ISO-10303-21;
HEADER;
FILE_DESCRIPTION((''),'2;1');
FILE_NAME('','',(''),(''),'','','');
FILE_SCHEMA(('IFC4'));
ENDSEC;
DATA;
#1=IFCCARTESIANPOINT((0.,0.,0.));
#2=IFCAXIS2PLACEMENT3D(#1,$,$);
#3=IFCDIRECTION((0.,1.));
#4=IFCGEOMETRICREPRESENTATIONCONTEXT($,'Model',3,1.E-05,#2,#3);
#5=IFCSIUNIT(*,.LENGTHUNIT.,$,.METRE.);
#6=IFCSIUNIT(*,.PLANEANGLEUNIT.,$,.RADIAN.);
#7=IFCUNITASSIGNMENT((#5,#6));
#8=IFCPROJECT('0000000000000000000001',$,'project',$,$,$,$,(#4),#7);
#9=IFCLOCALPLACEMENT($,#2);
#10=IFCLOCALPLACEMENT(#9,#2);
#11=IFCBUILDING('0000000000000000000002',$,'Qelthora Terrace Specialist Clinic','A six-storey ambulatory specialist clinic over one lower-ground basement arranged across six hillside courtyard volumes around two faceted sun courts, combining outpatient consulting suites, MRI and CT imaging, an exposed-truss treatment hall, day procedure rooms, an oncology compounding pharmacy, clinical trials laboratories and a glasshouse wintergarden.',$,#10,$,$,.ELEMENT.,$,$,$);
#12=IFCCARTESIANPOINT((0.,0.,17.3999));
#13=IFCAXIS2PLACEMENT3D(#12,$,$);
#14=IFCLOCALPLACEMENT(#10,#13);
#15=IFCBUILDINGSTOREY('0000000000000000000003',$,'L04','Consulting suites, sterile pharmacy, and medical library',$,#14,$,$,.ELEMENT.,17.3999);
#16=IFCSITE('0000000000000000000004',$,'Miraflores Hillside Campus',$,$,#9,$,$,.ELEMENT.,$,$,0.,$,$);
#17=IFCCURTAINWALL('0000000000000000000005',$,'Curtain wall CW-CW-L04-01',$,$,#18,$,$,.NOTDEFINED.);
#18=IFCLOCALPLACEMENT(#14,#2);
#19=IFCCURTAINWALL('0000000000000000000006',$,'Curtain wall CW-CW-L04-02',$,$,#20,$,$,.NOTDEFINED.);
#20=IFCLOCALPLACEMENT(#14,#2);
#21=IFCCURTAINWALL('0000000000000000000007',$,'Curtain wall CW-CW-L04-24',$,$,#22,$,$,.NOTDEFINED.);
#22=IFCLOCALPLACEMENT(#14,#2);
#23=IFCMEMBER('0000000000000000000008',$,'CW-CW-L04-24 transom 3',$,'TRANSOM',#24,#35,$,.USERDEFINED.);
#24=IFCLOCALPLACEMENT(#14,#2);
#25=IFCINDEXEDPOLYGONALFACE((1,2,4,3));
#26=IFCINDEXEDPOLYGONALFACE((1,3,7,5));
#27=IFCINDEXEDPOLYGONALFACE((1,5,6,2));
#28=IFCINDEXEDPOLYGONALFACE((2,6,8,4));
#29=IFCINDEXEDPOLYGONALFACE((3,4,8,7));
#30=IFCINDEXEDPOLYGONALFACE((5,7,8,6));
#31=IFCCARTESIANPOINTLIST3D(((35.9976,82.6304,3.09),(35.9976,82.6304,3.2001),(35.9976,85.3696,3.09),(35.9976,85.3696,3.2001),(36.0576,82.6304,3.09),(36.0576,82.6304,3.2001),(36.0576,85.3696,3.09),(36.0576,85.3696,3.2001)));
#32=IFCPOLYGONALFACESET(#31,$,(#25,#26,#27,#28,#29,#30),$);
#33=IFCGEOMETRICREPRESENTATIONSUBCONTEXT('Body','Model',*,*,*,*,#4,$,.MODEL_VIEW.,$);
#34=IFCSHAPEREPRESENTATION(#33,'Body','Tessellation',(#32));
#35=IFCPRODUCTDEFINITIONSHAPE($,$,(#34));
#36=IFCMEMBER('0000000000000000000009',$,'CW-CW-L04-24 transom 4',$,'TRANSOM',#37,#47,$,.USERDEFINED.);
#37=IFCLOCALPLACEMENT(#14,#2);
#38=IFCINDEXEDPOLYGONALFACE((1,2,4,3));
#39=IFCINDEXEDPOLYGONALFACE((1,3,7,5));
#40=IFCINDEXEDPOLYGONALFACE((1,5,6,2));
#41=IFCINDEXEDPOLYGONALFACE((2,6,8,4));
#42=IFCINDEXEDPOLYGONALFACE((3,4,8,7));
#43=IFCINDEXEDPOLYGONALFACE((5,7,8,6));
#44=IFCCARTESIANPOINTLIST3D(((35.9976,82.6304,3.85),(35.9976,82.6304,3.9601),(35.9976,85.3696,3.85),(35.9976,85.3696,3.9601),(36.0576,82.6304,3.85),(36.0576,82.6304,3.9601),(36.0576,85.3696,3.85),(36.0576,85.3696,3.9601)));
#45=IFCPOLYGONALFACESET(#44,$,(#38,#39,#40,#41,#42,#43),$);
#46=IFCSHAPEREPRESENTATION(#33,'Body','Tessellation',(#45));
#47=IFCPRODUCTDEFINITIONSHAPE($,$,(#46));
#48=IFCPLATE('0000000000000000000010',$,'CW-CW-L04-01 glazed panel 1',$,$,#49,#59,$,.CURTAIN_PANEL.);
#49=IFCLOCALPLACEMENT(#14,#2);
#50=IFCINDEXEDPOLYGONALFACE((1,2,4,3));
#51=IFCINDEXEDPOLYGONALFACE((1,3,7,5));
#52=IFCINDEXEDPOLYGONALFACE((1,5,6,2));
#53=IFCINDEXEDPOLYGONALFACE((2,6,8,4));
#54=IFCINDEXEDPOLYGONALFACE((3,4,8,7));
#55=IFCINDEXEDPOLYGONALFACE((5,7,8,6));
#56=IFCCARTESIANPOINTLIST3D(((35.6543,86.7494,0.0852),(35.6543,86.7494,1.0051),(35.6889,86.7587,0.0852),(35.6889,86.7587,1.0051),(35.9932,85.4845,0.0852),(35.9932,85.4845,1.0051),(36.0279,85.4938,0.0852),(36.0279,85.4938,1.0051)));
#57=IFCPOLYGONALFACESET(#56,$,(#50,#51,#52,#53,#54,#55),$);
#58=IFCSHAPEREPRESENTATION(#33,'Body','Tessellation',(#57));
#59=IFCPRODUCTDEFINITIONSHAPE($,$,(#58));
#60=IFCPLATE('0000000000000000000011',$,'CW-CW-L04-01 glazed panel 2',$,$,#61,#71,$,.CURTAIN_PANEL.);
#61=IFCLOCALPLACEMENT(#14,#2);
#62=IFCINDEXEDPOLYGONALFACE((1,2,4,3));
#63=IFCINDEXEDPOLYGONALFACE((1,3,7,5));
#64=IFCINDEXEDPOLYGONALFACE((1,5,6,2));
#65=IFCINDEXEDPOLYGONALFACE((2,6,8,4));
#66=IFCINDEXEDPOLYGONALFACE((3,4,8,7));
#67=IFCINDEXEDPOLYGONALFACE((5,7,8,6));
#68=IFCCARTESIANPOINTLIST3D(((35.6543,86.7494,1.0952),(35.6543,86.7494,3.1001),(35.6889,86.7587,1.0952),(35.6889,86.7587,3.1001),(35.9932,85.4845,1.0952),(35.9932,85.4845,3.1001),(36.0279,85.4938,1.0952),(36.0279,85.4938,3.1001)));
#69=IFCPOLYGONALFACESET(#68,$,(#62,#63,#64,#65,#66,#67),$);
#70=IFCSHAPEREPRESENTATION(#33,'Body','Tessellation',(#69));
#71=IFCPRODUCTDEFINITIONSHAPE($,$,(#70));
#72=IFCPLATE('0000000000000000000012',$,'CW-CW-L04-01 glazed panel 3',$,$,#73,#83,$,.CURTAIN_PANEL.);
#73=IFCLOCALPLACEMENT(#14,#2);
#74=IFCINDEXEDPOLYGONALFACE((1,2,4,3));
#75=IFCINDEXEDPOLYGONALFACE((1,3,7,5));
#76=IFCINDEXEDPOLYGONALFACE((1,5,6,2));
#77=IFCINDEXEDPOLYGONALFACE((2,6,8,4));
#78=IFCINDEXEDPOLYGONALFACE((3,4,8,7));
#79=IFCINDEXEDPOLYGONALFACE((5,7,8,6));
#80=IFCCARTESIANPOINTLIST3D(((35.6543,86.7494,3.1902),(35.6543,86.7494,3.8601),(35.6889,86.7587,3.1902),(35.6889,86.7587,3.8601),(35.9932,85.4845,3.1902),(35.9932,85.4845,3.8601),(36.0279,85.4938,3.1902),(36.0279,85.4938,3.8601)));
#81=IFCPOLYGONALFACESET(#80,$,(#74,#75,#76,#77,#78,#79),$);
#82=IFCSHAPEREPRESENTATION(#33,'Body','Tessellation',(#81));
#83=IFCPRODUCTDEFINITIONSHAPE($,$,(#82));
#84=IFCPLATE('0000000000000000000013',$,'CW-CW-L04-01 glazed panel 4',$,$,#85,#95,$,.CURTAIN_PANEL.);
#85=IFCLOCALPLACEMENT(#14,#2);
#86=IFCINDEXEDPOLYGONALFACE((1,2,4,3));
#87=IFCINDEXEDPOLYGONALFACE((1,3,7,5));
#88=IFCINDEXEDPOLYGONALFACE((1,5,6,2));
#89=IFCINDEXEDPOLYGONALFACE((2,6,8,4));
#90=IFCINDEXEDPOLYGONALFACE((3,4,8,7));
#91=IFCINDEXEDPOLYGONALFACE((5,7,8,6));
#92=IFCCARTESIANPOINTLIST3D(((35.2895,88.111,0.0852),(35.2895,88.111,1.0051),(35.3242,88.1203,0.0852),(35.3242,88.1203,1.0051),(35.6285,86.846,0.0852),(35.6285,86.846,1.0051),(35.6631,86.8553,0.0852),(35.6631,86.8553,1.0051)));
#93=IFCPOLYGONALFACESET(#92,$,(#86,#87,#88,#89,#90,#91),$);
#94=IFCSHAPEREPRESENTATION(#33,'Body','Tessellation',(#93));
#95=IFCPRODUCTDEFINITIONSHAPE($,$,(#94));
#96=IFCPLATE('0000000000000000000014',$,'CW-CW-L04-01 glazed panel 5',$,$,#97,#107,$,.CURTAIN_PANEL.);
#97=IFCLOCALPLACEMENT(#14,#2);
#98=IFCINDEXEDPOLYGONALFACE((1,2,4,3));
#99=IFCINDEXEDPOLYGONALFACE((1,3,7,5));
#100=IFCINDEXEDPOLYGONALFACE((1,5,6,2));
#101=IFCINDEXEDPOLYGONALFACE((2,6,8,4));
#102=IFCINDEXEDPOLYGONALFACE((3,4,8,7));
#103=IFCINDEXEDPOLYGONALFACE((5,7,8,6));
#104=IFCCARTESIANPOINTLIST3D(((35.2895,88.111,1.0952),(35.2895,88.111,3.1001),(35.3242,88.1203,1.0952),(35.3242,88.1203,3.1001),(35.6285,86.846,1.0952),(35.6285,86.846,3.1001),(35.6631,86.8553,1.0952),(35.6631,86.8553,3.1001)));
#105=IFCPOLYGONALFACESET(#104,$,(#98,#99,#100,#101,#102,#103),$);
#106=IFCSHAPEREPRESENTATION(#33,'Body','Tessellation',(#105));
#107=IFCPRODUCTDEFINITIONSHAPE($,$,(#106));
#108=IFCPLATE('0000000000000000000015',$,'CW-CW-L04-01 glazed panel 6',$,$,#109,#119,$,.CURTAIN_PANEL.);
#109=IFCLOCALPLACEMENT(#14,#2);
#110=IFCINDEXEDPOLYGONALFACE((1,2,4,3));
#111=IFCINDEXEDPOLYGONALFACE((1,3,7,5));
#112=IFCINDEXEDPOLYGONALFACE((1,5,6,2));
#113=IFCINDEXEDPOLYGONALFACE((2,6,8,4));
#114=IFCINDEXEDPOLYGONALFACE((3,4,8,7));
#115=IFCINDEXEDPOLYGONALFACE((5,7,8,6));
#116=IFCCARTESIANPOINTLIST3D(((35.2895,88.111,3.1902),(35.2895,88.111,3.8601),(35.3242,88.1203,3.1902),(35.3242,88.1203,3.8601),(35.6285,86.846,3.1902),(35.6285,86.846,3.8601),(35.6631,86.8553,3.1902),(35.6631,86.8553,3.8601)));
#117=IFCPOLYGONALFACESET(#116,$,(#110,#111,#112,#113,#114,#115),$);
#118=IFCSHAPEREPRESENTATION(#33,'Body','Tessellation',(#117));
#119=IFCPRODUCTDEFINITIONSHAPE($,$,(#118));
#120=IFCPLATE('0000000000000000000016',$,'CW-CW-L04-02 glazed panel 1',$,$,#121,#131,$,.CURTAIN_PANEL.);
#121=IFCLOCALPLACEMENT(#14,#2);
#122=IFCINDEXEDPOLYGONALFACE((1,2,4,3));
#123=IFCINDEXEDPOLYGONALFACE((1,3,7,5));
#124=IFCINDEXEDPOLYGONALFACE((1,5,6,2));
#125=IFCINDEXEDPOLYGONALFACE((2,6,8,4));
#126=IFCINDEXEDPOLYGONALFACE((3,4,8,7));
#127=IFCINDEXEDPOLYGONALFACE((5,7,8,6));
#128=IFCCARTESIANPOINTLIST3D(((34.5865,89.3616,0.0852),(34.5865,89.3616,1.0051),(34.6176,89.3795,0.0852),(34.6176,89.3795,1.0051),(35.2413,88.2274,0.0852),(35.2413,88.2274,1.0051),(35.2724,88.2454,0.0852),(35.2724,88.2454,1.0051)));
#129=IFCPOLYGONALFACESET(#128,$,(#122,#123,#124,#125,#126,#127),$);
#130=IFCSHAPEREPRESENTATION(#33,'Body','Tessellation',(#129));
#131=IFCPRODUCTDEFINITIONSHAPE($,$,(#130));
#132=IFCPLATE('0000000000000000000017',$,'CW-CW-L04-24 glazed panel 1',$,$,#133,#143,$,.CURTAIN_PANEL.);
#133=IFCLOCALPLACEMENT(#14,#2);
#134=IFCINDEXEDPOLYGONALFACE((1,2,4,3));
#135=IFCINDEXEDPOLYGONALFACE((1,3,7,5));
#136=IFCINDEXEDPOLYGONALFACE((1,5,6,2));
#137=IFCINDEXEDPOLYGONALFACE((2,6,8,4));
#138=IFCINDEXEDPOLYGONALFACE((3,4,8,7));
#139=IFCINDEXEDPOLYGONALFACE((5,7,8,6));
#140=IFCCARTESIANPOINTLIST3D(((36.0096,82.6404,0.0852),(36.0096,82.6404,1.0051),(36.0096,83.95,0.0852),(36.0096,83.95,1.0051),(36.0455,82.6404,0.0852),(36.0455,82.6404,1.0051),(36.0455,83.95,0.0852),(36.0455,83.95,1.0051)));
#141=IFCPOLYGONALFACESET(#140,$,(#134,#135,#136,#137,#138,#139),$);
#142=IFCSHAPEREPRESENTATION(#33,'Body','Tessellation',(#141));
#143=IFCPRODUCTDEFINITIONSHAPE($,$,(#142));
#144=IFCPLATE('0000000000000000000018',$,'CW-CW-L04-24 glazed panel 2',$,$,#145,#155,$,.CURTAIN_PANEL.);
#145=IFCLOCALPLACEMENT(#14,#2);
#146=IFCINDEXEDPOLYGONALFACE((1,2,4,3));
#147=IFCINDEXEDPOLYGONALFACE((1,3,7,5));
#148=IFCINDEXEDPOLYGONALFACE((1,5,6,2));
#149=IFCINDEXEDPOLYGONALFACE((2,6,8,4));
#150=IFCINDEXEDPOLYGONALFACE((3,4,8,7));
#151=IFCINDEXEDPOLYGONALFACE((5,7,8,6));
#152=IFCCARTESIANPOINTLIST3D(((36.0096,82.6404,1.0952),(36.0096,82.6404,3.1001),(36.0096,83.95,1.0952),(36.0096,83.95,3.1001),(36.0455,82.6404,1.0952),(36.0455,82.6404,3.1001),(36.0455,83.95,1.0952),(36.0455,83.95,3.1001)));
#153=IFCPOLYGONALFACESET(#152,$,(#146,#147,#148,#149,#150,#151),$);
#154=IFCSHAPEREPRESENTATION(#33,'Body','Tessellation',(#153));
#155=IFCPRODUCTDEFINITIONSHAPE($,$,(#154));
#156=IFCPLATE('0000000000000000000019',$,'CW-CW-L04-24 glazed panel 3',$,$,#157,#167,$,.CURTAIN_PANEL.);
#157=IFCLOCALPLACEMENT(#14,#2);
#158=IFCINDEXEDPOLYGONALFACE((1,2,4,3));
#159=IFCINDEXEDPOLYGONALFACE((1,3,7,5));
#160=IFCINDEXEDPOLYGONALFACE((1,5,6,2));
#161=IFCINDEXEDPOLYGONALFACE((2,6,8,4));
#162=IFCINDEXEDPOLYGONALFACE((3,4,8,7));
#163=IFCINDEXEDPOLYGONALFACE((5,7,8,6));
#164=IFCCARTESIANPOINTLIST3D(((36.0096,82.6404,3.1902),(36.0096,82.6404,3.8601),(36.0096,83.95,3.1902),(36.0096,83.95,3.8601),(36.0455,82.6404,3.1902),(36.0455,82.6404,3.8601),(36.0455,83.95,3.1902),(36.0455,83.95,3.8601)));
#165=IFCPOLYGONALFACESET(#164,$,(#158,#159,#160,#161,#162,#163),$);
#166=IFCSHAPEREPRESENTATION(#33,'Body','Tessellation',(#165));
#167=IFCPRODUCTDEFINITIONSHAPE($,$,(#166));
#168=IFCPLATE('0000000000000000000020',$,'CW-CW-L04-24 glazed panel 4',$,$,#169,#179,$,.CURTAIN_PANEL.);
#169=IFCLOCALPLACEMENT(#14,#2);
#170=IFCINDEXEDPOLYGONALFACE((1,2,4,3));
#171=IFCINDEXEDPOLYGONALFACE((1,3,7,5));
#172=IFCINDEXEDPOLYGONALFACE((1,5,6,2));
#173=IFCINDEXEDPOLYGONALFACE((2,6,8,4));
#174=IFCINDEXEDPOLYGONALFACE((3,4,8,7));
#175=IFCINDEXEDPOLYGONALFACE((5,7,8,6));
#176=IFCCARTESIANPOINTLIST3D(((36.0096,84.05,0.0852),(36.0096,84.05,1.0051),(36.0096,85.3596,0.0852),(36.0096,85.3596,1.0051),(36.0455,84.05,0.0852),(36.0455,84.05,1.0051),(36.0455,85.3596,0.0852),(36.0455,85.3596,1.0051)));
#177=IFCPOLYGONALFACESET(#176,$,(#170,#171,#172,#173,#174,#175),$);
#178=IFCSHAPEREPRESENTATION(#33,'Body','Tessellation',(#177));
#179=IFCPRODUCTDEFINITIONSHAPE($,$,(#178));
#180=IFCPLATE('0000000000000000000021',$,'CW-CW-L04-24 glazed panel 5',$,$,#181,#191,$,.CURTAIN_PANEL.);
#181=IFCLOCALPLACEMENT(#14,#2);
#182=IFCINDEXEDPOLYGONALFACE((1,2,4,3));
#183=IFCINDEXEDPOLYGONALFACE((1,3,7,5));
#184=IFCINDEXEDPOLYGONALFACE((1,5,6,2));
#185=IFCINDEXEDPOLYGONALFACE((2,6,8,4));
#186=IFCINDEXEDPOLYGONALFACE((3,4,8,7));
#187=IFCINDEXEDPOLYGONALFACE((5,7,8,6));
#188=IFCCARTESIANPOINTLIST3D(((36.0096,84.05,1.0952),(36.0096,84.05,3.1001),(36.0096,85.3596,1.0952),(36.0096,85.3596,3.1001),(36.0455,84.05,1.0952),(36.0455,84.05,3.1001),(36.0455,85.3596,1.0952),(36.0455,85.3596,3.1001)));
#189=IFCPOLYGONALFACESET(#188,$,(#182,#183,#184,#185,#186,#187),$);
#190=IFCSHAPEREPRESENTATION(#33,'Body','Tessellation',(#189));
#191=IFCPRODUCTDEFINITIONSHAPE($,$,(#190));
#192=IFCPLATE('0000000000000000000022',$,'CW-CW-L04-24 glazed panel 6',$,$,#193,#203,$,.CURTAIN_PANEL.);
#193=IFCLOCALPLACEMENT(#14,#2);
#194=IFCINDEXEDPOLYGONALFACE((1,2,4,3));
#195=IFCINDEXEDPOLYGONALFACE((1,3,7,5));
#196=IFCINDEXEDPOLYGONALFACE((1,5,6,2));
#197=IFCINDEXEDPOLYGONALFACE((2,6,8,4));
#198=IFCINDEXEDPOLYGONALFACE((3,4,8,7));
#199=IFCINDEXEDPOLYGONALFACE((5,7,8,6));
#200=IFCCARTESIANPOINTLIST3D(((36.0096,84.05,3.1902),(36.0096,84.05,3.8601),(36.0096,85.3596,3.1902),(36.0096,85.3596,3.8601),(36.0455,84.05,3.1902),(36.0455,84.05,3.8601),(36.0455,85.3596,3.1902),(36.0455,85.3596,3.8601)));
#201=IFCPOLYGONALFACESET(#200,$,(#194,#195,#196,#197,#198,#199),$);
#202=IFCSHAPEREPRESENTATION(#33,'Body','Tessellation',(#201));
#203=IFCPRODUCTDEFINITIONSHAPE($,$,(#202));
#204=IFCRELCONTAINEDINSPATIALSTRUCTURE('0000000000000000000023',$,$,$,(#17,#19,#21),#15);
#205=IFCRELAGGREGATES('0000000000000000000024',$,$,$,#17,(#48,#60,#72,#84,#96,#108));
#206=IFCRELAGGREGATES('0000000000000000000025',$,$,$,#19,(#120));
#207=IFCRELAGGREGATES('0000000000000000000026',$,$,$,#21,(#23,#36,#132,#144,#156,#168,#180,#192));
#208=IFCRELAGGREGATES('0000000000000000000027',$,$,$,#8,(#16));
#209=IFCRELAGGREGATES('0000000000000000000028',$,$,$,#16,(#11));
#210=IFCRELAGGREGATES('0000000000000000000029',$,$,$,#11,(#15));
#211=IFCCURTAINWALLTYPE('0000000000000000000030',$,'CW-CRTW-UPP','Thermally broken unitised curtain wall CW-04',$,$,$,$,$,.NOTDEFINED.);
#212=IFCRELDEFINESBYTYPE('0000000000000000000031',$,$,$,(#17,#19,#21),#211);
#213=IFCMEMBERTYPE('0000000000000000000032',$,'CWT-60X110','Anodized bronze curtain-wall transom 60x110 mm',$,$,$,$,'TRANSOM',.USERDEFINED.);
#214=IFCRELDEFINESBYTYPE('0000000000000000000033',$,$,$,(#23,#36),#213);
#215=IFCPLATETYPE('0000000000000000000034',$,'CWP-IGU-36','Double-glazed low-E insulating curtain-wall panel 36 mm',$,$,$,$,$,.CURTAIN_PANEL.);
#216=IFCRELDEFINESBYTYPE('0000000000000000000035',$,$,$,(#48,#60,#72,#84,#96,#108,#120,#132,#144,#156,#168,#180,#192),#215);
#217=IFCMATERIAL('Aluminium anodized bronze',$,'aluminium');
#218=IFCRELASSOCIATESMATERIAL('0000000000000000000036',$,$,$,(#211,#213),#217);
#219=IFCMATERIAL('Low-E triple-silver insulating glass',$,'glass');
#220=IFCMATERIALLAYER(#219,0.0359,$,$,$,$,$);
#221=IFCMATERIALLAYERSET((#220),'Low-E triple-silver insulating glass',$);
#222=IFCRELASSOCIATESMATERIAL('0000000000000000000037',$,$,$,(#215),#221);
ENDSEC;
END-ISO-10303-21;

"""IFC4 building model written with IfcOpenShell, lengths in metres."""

from ifc_helpers import new_model, si_unit, direction, frame, origin, origin_2d, place, context, subcontext, project, spatial, rectangle, extrude, material, layer, layer_set, material_profile, profile_set, type_object, element, aggregate, save


model = new_model("IFC4")

# Units and contexts
model_context = context("Model", 3, precision=1e-05, world=origin(), true_north=direction((0.0, 1.0)))
body_context = subcontext(model_context, "Body", "Model", "MODEL_VIEW")
ifc_project = project(units=[si_unit("LENGTHUNIT", "METRE"), si_unit("PLANEANGLEUNIT", "RADIAN")], contexts=[model_context])

# Site, building, storey
site_placement = place(None, origin())
site = spatial("IfcSite", under=ifc_project, at=site_placement, Name="Miraflores Hillside Campus", CompositionType="ELEMENT", RefElevation=0.0)
building_placement = place(site_placement, origin())
building = spatial("IfcBuilding", under=site, at=building_placement, Name="Qelthora Terrace Specialist Clinic", Description="A six-storey ambulatory specialist clinic over one lower-ground basement arranged across six hillside courtyard volumes around two faceted sun courts, combining outpatient consulting suites, MRI and CT imaging, an exposed-truss treatment hall, day procedure rooms, an oncology compounding pharmacy, clinical trials laboratories and a glasshouse wintergarden.", CompositionType="ELEMENT")
storey_placement = place(building_placement, frame((0.0, 0.0, 17.3999)))
storey = spatial("IfcBuildingStorey", under=building, at=storey_placement, Name="L04", Description="Consulting suites, sterile pharmacy, and medical library", CompositionType="ELEMENT", Elevation=17.3999)

# Curtain wall
ifc_material_1 = material(Name="Aluminium anodized bronze", Category="aluminium")
curtain_wall_type = type_object("IfcCurtainWallType", Name="CW-CRTW-UPP", Description="Thermally broken unitised curtain wall CW-04", PredefinedType="NOTDEFINED", material=ifc_material_1)
curtain_wall_1_placement = place(storey_placement, origin())
curtain_wall_1 = element("IfcCurtainWall", 1, at=curtain_wall_1_placement, inside=storey, type_object=curtain_wall_type, Name="Curtain wall CW-CW-L04-01", PredefinedType="NOTDEFINED")

# Curtain wall
curtain_wall_2_placement = place(storey_placement, origin())
curtain_wall_2 = element("IfcCurtainWall", 2, at=curtain_wall_2_placement, inside=storey, type_object=curtain_wall_type, Name="Curtain wall CW-CW-L04-02", PredefinedType="NOTDEFINED")

# Curtain wall
curtain_wall_3_placement = place(storey_placement, origin())
curtain_wall_3 = element("IfcCurtainWall", 3, at=curtain_wall_3_placement, inside=storey, type_object=curtain_wall_type, Name="Curtain wall CW-CW-L04-24", PredefinedType="NOTDEFINED")

# Members
ifc_material_profile_1 = material_profile(ifc_material_1, rectangle(XDim=0.0601, YDim=0.1101, at=origin_2d()), Name="CWT60X110")
ifc_profile_set_1 = profile_set([ifc_material_profile_1], Name="Aluminium anodized bronze")
member_type_1 = type_object("IfcMemberType", Name="CWT-60X110", Description="Anodized bronze curtain-wall transom 60x110 mm", ElementType="TRANSOM", PredefinedType="USERDEFINED", material=ifc_profile_set_1)
member_1_placement = place(storey_placement, frame((36.0276, 82.6304, 3.145), z_axis=(0.0, 1.0, 0.0), x_axis=(-1.0, 0.0, 0.0)))
member_1 = element("IfcMember", 4, at=member_1_placement, type_object=member_type_1, Name="CW-CW-L04-24 transom 3", ObjectType="TRANSOM", PredefinedType="USERDEFINED", context=body_context, shape_type="SweptSolid", body=[
    extrude(rectangle(XDim=0.0601, YDim=0.1101, at=origin_2d()), origin(), (0.0, 0.0, 1.0), 2.7393),
])
member_2_placement = place(storey_placement, frame((36.0276, 82.6304, 3.905), z_axis=(0.0, 1.0, 0.0), x_axis=(-1.0, 0.0, 0.0)))
member_2 = element("IfcMember", 5, at=member_2_placement, type_object=member_type_1, Name="CW-CW-L04-24 transom 4", ObjectType="TRANSOM", PredefinedType="USERDEFINED", context=body_context, shape_type="SweptSolid", body=[
    extrude(rectangle(XDim=0.0601, YDim=0.1101, at=origin_2d()), origin(), (0.0, 0.0, 1.0), 2.7393),
])

# Plates
ifc_material_2 = material(Name="Low-E triple-silver insulating glass", Category="glass")
ifc_layer = layer(ifc_material_2, 0.0359)
ifc_layer_set = layer_set([ifc_layer], Name="Low-E triple-silver insulating glass")
plate_type = type_object("IfcPlateType", Name="CWP-IGU-36", Description="Double-glazed low-E insulating curtain-wall panel 36 mm", PredefinedType="CURTAIN_PANEL", material=ifc_layer_set)
plate_1_placement = place(storey_placement, frame((35.8411, 86.1216, 0.0852), z_axis=(0.0, 0.0, 1.0), x_axis=(-0.258821, 0.965925, 0.0)))
plate_1 = element("IfcPlate", 6, at=plate_1_placement, type_object=plate_type, Name="CW-CW-L04-01 glazed panel 1", PredefinedType="CURTAIN_PANEL", context=body_context, shape_type="SweptSolid", body=[
    extrude(rectangle(XDim=1.3096, YDim=0.0359, at=origin_2d()), origin(), (0.0, 0.0, 1.0), 0.9199),
])
plate_2_placement = place(storey_placement, frame((35.8411, 86.1216, 1.0952), z_axis=(0.0, 0.0, 1.0), x_axis=(-0.258821, 0.965925, 0.0)))
plate_2 = element("IfcPlate", 7, at=plate_2_placement, type_object=plate_type, Name="CW-CW-L04-01 glazed panel 2", PredefinedType="CURTAIN_PANEL", context=body_context, shape_type="SweptSolid", body=[
    extrude(rectangle(XDim=1.3096, YDim=0.0359, at=origin_2d()), origin(), (0.0, 0.0, 1.0), 2.0049),
])
plate_3_placement = place(storey_placement, frame((35.8411, 86.1216, 3.1902), z_axis=(0.0, 0.0, 1.0), x_axis=(-0.258821, 0.965925, 0.0)))
plate_3 = element("IfcPlate", 8, at=plate_3_placement, type_object=plate_type, Name="CW-CW-L04-01 glazed panel 3", PredefinedType="CURTAIN_PANEL", context=body_context, shape_type="SweptSolid", body=[
    extrude(rectangle(XDim=1.3096, YDim=0.0359, at=origin_2d()), origin(), (0.0, 0.0, 1.0), 0.6699),
])
plate_4_placement = place(storey_placement, frame((35.4763, 87.4832, 0.0852), z_axis=(0.0, 0.0, 1.0), x_axis=(-0.258821, 0.965925, 0.0)))
plate_4 = element("IfcPlate", 9, at=plate_4_placement, type_object=plate_type, Name="CW-CW-L04-01 glazed panel 4", PredefinedType="CURTAIN_PANEL", context=body_context, shape_type="SweptSolid", body=[
    extrude(rectangle(XDim=1.3096, YDim=0.0359, at=origin_2d()), origin(), (0.0, 0.0, 1.0), 0.9199),
])
plate_5_placement = place(storey_placement, frame((35.4763, 87.4832, 1.0952), z_axis=(0.0, 0.0, 1.0), x_axis=(-0.258821, 0.965925, 0.0)))
plate_5 = element("IfcPlate", 10, at=plate_5_placement, type_object=plate_type, Name="CW-CW-L04-01 glazed panel 5", PredefinedType="CURTAIN_PANEL", context=body_context, shape_type="SweptSolid", body=[
    extrude(rectangle(XDim=1.3096, YDim=0.0359, at=origin_2d()), origin(), (0.0, 0.0, 1.0), 2.0049),
])
plate_6_placement = place(storey_placement, frame((35.4763, 87.4832, 3.1902), z_axis=(0.0, 0.0, 1.0), x_axis=(-0.258821, 0.965925, 0.0)))
plate_6 = element("IfcPlate", 11, at=plate_6_placement, type_object=plate_type, Name="CW-CW-L04-01 glazed panel 6", PredefinedType="CURTAIN_PANEL", context=body_context, shape_type="SweptSolid", body=[
    extrude(rectangle(XDim=1.3096, YDim=0.0359, at=origin_2d()), origin(), (0.0, 0.0, 1.0), 0.6699),
])
aggregate(curtain_wall_1, [plate_1, plate_2, plate_3, plate_4, plate_5, plate_6])
plate_7_placement = place(storey_placement, frame((34.9294, 88.8035, 0.0852), z_axis=(0.0, 0.0, 1.0), x_axis=(-0.5, 0.866025, 0.0)))
plate_7 = element("IfcPlate", 12, at=plate_7_placement, type_object=plate_type, Name="CW-CW-L04-02 glazed panel 1", PredefinedType="CURTAIN_PANEL", context=body_context, shape_type="SweptSolid", body=[
    extrude(rectangle(XDim=1.3096, YDim=0.0359, at=origin_2d()), origin(), (0.0, 0.0, 1.0), 0.9199),
])
aggregate(curtain_wall_2, [plate_7])
plate_8_placement = place(storey_placement, frame((36.0276, 83.2952, 0.0852), z_axis=(0.0, 0.0, 1.0), x_axis=(0.0, 1.0, 0.0)))
plate_8 = element("IfcPlate", 13, at=plate_8_placement, type_object=plate_type, Name="CW-CW-L04-24 glazed panel 1", PredefinedType="CURTAIN_PANEL", context=body_context, shape_type="SweptSolid", body=[
    extrude(rectangle(XDim=1.3096, YDim=0.0359, at=origin_2d()), origin(), (0.0, 0.0, 1.0), 0.9199),
])
plate_9_placement = place(storey_placement, frame((36.0276, 83.2952, 1.0952), z_axis=(0.0, 0.0, 1.0), x_axis=(0.0, 1.0, 0.0)))
plate_9 = element("IfcPlate", 14, at=plate_9_placement, type_object=plate_type, Name="CW-CW-L04-24 glazed panel 2", PredefinedType="CURTAIN_PANEL", context=body_context, shape_type="SweptSolid", body=[
    extrude(rectangle(XDim=1.3096, YDim=0.0359, at=origin_2d()), origin(), (0.0, 0.0, 1.0), 2.0049),
])
plate_10_placement = place(storey_placement, frame((36.0276, 83.2952, 3.1902), z_axis=(0.0, 0.0, 1.0), x_axis=(0.0, 1.0, 0.0)))
plate_10 = element("IfcPlate", 15, at=plate_10_placement, type_object=plate_type, Name="CW-CW-L04-24 glazed panel 3", PredefinedType="CURTAIN_PANEL", context=body_context, shape_type="SweptSolid", body=[
    extrude(rectangle(XDim=1.3096, YDim=0.0359, at=origin_2d()), origin(), (0.0, 0.0, 1.0), 0.6699),
])
plate_11_placement = place(storey_placement, frame((36.0276, 84.7048, 0.0852), z_axis=(0.0, 0.0, 1.0), x_axis=(0.0, 1.0, 0.0)))
plate_11 = element("IfcPlate", 16, at=plate_11_placement, type_object=plate_type, Name="CW-CW-L04-24 glazed panel 4", PredefinedType="CURTAIN_PANEL", context=body_context, shape_type="SweptSolid", body=[
    extrude(rectangle(XDim=1.3096, YDim=0.0359, at=origin_2d()), origin(), (0.0, 0.0, 1.0), 0.9199),
])
plate_12_placement = place(storey_placement, frame((36.0276, 84.7048, 1.0952), z_axis=(0.0, 0.0, 1.0), x_axis=(0.0, 1.0, 0.0)))
plate_12 = element("IfcPlate", 17, at=plate_12_placement, type_object=plate_type, Name="CW-CW-L04-24 glazed panel 5", PredefinedType="CURTAIN_PANEL", context=body_context, shape_type="SweptSolid", body=[
    extrude(rectangle(XDim=1.3096, YDim=0.0359, at=origin_2d()), origin(), (0.0, 0.0, 1.0), 2.0049),
])
plate_13_placement = place(storey_placement, frame((36.0276, 84.7048, 3.1902), z_axis=(0.0, 0.0, 1.0), x_axis=(0.0, 1.0, 0.0)))
plate_13 = element("IfcPlate", 18, at=plate_13_placement, type_object=plate_type, Name="CW-CW-L04-24 glazed panel 6", PredefinedType="CURTAIN_PANEL", context=body_context, shape_type="SweptSolid", body=[
    extrude(rectangle(XDim=1.3096, YDim=0.0359, at=origin_2d()), origin(), (0.0, 0.0, 1.0), 0.6699),
])
aggregate(curtain_wall_3, [member_1, member_2, plate_8, plate_9, plate_10, plate_11, plate_12, plate_13])

save(model, "model.ifc")
